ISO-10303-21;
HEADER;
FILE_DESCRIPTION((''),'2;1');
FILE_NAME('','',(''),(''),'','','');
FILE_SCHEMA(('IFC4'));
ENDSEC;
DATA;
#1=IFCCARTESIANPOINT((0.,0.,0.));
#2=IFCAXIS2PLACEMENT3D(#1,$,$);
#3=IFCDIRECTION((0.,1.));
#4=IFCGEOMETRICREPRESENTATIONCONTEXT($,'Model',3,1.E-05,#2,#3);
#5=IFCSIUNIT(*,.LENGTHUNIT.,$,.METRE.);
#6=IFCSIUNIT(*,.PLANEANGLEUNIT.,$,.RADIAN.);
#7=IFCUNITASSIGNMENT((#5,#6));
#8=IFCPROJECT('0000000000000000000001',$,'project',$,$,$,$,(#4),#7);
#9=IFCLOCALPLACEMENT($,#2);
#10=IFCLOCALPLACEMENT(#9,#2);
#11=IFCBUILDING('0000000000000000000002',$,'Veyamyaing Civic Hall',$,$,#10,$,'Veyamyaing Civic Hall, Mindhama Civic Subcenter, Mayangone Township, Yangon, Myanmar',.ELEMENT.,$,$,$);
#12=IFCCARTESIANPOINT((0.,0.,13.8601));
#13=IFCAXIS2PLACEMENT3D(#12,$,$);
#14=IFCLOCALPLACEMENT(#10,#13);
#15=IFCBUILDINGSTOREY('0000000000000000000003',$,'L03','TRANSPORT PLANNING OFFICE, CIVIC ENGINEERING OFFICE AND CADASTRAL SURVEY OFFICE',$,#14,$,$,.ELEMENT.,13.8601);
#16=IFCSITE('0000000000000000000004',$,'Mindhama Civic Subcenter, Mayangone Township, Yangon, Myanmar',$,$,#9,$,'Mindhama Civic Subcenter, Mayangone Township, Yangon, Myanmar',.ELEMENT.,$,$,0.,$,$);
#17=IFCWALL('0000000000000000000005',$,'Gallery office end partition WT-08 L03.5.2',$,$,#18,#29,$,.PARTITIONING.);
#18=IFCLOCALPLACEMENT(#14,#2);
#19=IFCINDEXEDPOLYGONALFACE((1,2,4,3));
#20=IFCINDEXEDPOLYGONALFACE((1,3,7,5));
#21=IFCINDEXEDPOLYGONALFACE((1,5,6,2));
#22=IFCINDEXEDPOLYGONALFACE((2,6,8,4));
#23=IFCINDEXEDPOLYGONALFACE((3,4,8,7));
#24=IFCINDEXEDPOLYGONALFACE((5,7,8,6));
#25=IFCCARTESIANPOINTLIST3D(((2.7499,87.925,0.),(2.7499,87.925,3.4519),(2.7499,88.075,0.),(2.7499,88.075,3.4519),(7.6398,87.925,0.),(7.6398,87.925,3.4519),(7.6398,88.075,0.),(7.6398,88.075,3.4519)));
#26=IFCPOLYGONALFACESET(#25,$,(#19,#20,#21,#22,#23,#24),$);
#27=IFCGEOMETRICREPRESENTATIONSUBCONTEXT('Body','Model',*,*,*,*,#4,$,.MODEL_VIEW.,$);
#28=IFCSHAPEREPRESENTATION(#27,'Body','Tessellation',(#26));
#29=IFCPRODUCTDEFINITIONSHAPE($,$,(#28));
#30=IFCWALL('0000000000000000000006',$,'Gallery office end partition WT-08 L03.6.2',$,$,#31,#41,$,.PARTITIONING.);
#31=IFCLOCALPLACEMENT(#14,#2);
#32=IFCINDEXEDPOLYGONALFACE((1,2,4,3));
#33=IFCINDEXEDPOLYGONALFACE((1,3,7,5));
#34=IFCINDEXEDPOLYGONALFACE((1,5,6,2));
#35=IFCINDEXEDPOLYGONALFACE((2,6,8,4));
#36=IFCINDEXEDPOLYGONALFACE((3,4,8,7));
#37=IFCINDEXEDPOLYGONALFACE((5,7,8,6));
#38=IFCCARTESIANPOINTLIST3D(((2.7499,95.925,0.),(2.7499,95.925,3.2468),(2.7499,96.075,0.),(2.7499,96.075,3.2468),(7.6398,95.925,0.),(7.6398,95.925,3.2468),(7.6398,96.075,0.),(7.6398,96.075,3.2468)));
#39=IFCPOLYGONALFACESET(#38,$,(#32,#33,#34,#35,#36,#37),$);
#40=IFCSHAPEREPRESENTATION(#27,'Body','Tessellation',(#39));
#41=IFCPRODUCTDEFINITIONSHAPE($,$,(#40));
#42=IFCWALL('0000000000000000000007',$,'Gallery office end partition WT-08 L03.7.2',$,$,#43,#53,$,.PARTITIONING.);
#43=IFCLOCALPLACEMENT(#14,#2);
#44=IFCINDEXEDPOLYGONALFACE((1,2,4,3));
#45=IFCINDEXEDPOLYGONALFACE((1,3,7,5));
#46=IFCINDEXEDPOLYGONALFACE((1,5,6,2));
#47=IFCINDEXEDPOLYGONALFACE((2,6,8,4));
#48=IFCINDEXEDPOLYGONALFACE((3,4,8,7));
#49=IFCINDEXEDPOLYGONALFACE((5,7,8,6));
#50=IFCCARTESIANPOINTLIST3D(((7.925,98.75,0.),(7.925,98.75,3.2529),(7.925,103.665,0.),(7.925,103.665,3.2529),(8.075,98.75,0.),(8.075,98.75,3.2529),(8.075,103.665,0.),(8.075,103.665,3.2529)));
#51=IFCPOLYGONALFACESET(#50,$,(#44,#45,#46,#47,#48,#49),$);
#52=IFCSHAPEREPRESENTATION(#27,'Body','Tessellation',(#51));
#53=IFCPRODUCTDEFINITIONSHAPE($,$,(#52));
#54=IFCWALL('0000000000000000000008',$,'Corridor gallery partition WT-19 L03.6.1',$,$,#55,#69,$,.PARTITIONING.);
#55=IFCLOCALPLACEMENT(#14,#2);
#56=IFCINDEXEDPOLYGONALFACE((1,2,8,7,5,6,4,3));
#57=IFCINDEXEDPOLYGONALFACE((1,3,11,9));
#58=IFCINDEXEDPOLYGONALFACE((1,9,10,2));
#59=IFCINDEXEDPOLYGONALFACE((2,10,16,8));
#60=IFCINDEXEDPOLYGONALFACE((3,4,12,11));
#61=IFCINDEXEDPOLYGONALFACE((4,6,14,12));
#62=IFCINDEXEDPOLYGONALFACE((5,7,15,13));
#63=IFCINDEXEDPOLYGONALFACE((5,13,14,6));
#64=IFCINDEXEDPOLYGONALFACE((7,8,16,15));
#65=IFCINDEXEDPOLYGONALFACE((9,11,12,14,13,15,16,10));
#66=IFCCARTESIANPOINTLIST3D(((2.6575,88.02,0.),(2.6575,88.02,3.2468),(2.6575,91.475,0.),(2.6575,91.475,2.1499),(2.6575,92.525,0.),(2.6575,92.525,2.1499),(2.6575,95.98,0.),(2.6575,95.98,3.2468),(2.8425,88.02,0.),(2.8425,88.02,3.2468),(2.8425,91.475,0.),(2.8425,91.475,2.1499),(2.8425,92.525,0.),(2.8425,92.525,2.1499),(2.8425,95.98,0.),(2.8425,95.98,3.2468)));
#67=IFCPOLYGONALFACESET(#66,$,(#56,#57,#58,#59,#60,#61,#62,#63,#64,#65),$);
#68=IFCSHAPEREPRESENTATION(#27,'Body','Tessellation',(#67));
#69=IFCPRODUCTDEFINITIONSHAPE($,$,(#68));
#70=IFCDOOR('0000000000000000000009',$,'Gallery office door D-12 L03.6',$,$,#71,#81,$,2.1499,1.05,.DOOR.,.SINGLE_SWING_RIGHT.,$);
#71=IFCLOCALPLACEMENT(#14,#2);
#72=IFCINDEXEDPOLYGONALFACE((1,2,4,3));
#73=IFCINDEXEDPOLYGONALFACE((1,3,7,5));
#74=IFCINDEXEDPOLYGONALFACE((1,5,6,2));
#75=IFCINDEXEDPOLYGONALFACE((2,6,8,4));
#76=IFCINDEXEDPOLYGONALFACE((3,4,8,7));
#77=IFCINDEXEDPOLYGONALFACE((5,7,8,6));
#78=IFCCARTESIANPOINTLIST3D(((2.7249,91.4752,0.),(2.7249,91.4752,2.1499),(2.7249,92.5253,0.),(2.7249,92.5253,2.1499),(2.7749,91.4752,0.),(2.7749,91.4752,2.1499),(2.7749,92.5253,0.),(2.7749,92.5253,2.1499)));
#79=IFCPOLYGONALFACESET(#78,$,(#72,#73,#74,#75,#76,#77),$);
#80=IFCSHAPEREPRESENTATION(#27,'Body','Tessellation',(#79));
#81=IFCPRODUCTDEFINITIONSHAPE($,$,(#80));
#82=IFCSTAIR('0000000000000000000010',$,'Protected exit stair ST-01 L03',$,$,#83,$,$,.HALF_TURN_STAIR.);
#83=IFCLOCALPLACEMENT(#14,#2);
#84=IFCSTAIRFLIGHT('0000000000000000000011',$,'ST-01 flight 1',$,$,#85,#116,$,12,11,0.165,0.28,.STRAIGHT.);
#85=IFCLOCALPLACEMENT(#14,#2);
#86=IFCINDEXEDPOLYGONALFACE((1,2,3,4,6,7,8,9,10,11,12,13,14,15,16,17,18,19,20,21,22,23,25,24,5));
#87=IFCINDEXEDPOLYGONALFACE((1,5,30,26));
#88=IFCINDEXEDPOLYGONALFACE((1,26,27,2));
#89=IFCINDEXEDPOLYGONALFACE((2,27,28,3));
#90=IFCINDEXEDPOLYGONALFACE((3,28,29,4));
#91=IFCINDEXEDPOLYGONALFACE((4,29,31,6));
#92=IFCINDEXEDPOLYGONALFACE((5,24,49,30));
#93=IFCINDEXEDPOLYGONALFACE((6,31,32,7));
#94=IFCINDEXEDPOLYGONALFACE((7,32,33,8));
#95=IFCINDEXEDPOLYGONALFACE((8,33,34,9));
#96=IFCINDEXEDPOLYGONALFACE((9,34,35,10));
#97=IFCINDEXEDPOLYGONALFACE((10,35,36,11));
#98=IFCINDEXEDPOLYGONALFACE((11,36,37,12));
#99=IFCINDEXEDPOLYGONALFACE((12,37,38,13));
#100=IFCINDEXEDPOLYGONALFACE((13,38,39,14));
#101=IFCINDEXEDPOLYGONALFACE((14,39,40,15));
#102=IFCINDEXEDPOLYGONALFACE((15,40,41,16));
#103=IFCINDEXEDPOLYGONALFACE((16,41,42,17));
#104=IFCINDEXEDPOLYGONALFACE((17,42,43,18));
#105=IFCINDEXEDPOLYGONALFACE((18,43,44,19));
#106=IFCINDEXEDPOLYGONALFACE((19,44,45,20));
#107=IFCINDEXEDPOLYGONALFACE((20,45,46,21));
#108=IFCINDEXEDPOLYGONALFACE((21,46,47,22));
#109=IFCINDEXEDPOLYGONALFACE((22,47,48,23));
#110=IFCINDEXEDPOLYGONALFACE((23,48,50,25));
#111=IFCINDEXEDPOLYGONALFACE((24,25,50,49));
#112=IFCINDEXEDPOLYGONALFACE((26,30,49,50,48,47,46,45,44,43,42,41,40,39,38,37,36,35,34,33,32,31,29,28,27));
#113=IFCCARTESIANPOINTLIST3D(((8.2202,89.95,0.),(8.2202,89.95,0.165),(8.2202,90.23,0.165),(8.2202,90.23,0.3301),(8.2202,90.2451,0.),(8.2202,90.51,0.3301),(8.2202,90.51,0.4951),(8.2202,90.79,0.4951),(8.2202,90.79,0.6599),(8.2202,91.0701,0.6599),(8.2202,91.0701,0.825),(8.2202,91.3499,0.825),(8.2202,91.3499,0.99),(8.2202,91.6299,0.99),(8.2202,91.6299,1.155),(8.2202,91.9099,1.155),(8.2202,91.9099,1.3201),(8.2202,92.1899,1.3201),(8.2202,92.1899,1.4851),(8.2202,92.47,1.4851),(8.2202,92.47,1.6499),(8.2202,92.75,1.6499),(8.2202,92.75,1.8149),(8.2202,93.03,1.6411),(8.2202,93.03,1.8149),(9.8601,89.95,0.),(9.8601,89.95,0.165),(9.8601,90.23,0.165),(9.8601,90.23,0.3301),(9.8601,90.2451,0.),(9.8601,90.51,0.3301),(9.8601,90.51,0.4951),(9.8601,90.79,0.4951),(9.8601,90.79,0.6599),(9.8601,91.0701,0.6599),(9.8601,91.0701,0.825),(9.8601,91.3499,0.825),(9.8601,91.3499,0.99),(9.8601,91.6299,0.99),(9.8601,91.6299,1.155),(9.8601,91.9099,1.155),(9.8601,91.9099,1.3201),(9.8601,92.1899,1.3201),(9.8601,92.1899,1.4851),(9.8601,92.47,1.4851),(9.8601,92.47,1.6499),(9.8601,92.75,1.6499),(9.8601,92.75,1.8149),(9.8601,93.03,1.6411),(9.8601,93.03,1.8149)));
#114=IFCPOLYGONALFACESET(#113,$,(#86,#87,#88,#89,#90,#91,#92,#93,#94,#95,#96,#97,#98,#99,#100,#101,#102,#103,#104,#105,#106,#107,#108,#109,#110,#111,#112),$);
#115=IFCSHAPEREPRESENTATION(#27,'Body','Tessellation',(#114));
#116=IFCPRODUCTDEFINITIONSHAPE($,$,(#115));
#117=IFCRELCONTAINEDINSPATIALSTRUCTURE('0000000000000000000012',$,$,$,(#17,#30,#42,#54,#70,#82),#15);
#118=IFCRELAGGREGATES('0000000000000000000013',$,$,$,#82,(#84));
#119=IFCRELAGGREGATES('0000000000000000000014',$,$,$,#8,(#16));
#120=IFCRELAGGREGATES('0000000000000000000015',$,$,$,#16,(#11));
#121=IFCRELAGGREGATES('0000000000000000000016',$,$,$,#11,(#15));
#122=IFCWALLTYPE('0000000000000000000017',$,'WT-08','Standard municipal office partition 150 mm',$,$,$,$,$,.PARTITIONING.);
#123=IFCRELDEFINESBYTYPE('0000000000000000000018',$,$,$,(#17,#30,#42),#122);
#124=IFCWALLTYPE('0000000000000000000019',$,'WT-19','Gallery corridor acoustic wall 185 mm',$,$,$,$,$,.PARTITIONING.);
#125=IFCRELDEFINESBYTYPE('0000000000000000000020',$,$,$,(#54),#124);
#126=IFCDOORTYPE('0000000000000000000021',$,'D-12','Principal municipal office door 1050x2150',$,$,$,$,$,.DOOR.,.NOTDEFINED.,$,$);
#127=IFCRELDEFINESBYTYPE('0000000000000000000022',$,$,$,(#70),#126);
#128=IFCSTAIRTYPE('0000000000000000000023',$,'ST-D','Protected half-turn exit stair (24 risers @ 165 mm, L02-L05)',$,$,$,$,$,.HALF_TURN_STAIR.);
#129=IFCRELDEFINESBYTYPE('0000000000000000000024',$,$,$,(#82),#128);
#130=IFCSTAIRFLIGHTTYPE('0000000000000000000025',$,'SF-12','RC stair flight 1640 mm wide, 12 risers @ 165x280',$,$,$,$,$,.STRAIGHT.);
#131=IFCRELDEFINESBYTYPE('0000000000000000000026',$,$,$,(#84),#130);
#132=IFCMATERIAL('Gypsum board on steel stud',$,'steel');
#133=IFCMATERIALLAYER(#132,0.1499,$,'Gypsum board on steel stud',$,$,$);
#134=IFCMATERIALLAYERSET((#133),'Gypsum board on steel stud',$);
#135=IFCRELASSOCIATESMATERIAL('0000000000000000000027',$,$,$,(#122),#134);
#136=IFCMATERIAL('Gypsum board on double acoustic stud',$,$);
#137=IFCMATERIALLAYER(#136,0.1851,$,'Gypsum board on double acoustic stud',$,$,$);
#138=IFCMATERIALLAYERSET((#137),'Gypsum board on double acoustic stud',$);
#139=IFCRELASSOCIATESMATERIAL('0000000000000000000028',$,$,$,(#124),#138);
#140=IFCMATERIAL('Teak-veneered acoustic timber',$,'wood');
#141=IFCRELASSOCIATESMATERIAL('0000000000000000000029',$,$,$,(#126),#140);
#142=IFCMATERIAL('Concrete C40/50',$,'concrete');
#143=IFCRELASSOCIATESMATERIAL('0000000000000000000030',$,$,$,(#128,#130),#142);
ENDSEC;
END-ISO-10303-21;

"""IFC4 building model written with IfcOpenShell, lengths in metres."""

from ifc_helpers import new_model, si_unit, direction, frame, frame_2d, origin, place, context, subcontext, project, spatial, polyline, rectangle, outline, extrude, material, layer, layer_set, type_object, element, fill, aggregate, save


model = new_model("IFC4")

# Units and contexts
model_context = context("Model", 3, precision=1e-05, world=origin(), true_north=direction((0.0, 1.0)))
body_context = subcontext(model_context, "Body", "Model", "MODEL_VIEW")
ifc_project = project(units=[si_unit("LENGTHUNIT", "METRE"), si_unit("PLANEANGLEUNIT", "RADIAN")], contexts=[model_context])

# Site, building, storey
site_placement = place(None, origin())
site = spatial("IfcSite", under=ifc_project, at=site_placement, Name="Mindhama Civic Subcenter, Mayangone Township, Yangon, Myanmar", LongName="Mindhama Civic Subcenter, Mayangone Township, Yangon, Myanmar", CompositionType="ELEMENT", RefElevation=0.0)
building_placement = place(site_placement, origin())
building = spatial("IfcBuilding", under=site, at=building_placement, Name="Veyamyaing Civic Hall", LongName="Veyamyaing Civic Hall, Mindhama Civic Subcenter, Mayangone Township, Yangon, Myanmar", CompositionType="ELEMENT")
storey_placement = place(building_placement, frame((0.0, 0.0, 13.8601)))
storey = spatial("IfcBuildingStorey", under=building, at=storey_placement, Name="L03", Description="TRANSPORT PLANNING OFFICE, CIVIC ENGINEERING OFFICE AND CADASTRAL SURVEY OFFICE", CompositionType="ELEMENT", Elevation=13.8601)

# Shared definitions
ifc_material_1 = material(Name="Concrete C40/50", Category="concrete")

# Shared definitions
ifc_material_2 = material(Name="Teak-veneered acoustic timber", Category="wood")

# Walls
ifc_material_3 = material(Name="Gypsum board on steel stud", Category="steel")
ifc_layer_1 = layer(ifc_material_3, 0.1499, Name="Gypsum board on steel stud")
ifc_layer_set_1 = layer_set([ifc_layer_1], Name="Gypsum board on steel stud")
wall_type_1 = type_object("IfcWallType", Name="WT-08", Description="Standard municipal office partition 150 mm", PredefinedType="PARTITIONING", material=ifc_layer_set_1)
wall_1_placement = place(storey_placement, frame((2.75, 88.0, 0.0), z_axis=(0.0, 0.0, 1.0), x_axis=(1.0, 0.0, 0.0)))
element("IfcWall", 1, at=wall_1_placement, inside=storey, type_object=wall_type_1, Name="Gallery office end partition WT-08 L03.5.2", PredefinedType="PARTITIONING", context=body_context, shape_type="SweptSolid", body=[
    extrude(rectangle(XDim=4.8899, YDim=0.1499, at=frame_2d((2.4448, 0.0))), origin(), (0.0, 0.0, 1.0), 3.4519),
])
wall_2_placement = place(storey_placement, frame((2.75, 96.0, 0.0), z_axis=(0.0, 0.0, 1.0), x_axis=(1.0, 0.0, 0.0)))
element("IfcWall", 2, at=wall_2_placement, inside=storey, type_object=wall_type_1, Name="Gallery office end partition WT-08 L03.6.2", PredefinedType="PARTITIONING", context=body_context, shape_type="SweptSolid", body=[
    extrude(rectangle(XDim=4.8899, YDim=0.1499, at=frame_2d((2.4448, 0.0))), origin(), (0.0, 0.0, 1.0), 3.2468),
])
wall_3_placement = place(storey_placement, frame((8.0, 98.75, 0.0), z_axis=(0.0, 0.0, 1.0), x_axis=(0.0, 1.0, 0.0)))
element("IfcWall", 3, at=wall_3_placement, inside=storey, type_object=wall_type_1, Name="Gallery office end partition WT-08 L03.7.2", PredefinedType="PARTITIONING", context=body_context, shape_type="SweptSolid", body=[
    extrude(rectangle(XDim=4.915, YDim=0.1499, at=frame_2d((2.4575, 0.0))), origin(), (0.0, 0.0, 1.0), 3.2529),
])

# Wall, opening, door
ifc_material_4 = material(Name="Gypsum board on double acoustic stud")
ifc_layer_2 = layer(ifc_material_4, 0.1851, Name="Gypsum board on double acoustic stud")
ifc_layer_set_2 = layer_set([ifc_layer_2], Name="Gypsum board on double acoustic stud")
wall_type_2 = type_object("IfcWallType", Name="WT-19", Description="Gallery corridor acoustic wall 185 mm", PredefinedType="PARTITIONING", material=ifc_layer_set_2)
wall_4_placement = place(storey_placement, frame((2.75, 88.02, 0.0), z_axis=(0.0, 0.0, 1.0), x_axis=(0.0, 1.0, 0.0)))
wall_4 = element("IfcWall", 4, at=wall_4_placement, inside=storey, type_object=wall_type_2, Name="Corridor gallery partition WT-19 L03.6.1", PredefinedType="PARTITIONING", context=body_context, shape_type="SweptSolid", body=[
    extrude(rectangle(XDim=7.96, YDim=0.1851, at=frame_2d((3.98, 0.0))), origin(), (0.0, 0.0, 1.0), 3.2468),
])
opening_1_placement = place(wall_4_placement, frame((3.4551, 0.0, 0.0)))
opening_1 = element("IfcOpeningElement", 5, at=opening_1_placement, cuts=wall_4, PredefinedType="OPENING", context=body_context, shape_type="SweptSolid", body=[
    extrude(rectangle(XDim=1.05, YDim=2.1499, at=frame_2d((0.5249, 1.075))), frame((0.0, 0.1025, 0.0), z_axis=(0.0, -1.0, 0.0), x_axis=(1.0, 0.0, 0.0)), (0.0, 0.0, 1.0), 0.2051),
])
door_type_1 = type_object("IfcDoorType", Name="D-12", Description="Principal municipal office door 1050x2150", OperationType="NOTDEFINED", PredefinedType="DOOR", material=ifc_material_2)
door_1_placement = place(opening_1_placement, frame((1.05, 0.0, 0.0), z_axis=(0.0, 0.0, 1.0), x_axis=(-1.0, 0.0, 0.0)))
door_1 = element("IfcDoor", 6, at=door_1_placement, inside=storey, type_object=door_type_1, Name="Gallery office door D-12 L03.6", OperationType="SINGLE_SWING_RIGHT", OverallHeight=2.1499, OverallWidth=1.05, PredefinedType="DOOR", context=body_context, shape_type="SweptSolid", body=[
    extrude(rectangle(XDim=1.05, YDim=2.1499, at=frame_2d((0.5249, 1.075))), frame((0.0, 0.0249, 0.0), z_axis=(0.0, -1.0, 0.0), x_axis=(1.0, 0.0, 0.0)), (0.0, 0.0, 1.0), 0.05),
])
fill(opening_1, door_1)

# Stair, stair flight
stair_type = type_object("IfcStairType", Name="ST-D", Description="Protected half-turn exit stair (24 risers @ 165 mm, L02-L05)", PredefinedType="HALF_TURN_STAIR", material=ifc_material_1)
stair_placement = place(storey_placement, origin())
stair = element("IfcStair", 7, at=stair_placement, inside=storey, type_object=stair_type, Name="Protected exit stair ST-01 L03", PredefinedType="HALF_TURN_STAIR")
stair_flight_type = type_object("IfcStairFlightType", Name="SF-12", Description="RC stair flight 1640 mm wide, 12 risers @ 165x280", PredefinedType="STRAIGHT", material=ifc_material_1)
stair_flight_placement = place(storey_placement, frame((9.04, 89.95, 0.0), z_axis=(0.0, 0.0, 1.0), x_axis=(0.0, 1.0, 0.0)))
stair_flight = element("IfcStairFlight", 8, at=stair_flight_placement, type_object=stair_flight_type, Name="ST-01 flight 1", NumberOfRisers=12, NumberOfTreads=11, PredefinedType="STRAIGHT", RiserHeight=0.165, TreadLength=0.28, context=body_context, shape_type="SweptSolid", body=[
    extrude(outline(polyline([(0.0, 0.0), (0.0, 0.165), (0.28, 0.165), (0.28, 0.3301), (0.5601, 0.3301), (0.5601, 0.4951), (0.8401, 0.4951), (0.8401, 0.6599), (1.1201, 0.6599), (1.1201, 0.825), (1.3999, 0.825), (1.3999, 0.99), (1.6799, 0.99), (1.6799, 1.155), (1.96, 1.155), (1.96, 1.3201), (2.24, 1.3201), (2.24, 1.4851), (2.52, 1.4851), (2.52, 1.6499), (2.8, 1.6499), (2.8, 1.8149), (3.0801, 1.8149), (3.0801, 1.98), (3.0801, 1.6411), (0.2952, 0.0), (0.0, 0.0)])), frame((0.0, 0.8198, 0.0), z_axis=(0.0, -1.0, 0.0), x_axis=(1.0, 0.0, 0.0)), (0.0, 0.0, 1.0), 1.6399),
])
aggregate(stair, [stair_flight])

save(model, "model.ifc")
